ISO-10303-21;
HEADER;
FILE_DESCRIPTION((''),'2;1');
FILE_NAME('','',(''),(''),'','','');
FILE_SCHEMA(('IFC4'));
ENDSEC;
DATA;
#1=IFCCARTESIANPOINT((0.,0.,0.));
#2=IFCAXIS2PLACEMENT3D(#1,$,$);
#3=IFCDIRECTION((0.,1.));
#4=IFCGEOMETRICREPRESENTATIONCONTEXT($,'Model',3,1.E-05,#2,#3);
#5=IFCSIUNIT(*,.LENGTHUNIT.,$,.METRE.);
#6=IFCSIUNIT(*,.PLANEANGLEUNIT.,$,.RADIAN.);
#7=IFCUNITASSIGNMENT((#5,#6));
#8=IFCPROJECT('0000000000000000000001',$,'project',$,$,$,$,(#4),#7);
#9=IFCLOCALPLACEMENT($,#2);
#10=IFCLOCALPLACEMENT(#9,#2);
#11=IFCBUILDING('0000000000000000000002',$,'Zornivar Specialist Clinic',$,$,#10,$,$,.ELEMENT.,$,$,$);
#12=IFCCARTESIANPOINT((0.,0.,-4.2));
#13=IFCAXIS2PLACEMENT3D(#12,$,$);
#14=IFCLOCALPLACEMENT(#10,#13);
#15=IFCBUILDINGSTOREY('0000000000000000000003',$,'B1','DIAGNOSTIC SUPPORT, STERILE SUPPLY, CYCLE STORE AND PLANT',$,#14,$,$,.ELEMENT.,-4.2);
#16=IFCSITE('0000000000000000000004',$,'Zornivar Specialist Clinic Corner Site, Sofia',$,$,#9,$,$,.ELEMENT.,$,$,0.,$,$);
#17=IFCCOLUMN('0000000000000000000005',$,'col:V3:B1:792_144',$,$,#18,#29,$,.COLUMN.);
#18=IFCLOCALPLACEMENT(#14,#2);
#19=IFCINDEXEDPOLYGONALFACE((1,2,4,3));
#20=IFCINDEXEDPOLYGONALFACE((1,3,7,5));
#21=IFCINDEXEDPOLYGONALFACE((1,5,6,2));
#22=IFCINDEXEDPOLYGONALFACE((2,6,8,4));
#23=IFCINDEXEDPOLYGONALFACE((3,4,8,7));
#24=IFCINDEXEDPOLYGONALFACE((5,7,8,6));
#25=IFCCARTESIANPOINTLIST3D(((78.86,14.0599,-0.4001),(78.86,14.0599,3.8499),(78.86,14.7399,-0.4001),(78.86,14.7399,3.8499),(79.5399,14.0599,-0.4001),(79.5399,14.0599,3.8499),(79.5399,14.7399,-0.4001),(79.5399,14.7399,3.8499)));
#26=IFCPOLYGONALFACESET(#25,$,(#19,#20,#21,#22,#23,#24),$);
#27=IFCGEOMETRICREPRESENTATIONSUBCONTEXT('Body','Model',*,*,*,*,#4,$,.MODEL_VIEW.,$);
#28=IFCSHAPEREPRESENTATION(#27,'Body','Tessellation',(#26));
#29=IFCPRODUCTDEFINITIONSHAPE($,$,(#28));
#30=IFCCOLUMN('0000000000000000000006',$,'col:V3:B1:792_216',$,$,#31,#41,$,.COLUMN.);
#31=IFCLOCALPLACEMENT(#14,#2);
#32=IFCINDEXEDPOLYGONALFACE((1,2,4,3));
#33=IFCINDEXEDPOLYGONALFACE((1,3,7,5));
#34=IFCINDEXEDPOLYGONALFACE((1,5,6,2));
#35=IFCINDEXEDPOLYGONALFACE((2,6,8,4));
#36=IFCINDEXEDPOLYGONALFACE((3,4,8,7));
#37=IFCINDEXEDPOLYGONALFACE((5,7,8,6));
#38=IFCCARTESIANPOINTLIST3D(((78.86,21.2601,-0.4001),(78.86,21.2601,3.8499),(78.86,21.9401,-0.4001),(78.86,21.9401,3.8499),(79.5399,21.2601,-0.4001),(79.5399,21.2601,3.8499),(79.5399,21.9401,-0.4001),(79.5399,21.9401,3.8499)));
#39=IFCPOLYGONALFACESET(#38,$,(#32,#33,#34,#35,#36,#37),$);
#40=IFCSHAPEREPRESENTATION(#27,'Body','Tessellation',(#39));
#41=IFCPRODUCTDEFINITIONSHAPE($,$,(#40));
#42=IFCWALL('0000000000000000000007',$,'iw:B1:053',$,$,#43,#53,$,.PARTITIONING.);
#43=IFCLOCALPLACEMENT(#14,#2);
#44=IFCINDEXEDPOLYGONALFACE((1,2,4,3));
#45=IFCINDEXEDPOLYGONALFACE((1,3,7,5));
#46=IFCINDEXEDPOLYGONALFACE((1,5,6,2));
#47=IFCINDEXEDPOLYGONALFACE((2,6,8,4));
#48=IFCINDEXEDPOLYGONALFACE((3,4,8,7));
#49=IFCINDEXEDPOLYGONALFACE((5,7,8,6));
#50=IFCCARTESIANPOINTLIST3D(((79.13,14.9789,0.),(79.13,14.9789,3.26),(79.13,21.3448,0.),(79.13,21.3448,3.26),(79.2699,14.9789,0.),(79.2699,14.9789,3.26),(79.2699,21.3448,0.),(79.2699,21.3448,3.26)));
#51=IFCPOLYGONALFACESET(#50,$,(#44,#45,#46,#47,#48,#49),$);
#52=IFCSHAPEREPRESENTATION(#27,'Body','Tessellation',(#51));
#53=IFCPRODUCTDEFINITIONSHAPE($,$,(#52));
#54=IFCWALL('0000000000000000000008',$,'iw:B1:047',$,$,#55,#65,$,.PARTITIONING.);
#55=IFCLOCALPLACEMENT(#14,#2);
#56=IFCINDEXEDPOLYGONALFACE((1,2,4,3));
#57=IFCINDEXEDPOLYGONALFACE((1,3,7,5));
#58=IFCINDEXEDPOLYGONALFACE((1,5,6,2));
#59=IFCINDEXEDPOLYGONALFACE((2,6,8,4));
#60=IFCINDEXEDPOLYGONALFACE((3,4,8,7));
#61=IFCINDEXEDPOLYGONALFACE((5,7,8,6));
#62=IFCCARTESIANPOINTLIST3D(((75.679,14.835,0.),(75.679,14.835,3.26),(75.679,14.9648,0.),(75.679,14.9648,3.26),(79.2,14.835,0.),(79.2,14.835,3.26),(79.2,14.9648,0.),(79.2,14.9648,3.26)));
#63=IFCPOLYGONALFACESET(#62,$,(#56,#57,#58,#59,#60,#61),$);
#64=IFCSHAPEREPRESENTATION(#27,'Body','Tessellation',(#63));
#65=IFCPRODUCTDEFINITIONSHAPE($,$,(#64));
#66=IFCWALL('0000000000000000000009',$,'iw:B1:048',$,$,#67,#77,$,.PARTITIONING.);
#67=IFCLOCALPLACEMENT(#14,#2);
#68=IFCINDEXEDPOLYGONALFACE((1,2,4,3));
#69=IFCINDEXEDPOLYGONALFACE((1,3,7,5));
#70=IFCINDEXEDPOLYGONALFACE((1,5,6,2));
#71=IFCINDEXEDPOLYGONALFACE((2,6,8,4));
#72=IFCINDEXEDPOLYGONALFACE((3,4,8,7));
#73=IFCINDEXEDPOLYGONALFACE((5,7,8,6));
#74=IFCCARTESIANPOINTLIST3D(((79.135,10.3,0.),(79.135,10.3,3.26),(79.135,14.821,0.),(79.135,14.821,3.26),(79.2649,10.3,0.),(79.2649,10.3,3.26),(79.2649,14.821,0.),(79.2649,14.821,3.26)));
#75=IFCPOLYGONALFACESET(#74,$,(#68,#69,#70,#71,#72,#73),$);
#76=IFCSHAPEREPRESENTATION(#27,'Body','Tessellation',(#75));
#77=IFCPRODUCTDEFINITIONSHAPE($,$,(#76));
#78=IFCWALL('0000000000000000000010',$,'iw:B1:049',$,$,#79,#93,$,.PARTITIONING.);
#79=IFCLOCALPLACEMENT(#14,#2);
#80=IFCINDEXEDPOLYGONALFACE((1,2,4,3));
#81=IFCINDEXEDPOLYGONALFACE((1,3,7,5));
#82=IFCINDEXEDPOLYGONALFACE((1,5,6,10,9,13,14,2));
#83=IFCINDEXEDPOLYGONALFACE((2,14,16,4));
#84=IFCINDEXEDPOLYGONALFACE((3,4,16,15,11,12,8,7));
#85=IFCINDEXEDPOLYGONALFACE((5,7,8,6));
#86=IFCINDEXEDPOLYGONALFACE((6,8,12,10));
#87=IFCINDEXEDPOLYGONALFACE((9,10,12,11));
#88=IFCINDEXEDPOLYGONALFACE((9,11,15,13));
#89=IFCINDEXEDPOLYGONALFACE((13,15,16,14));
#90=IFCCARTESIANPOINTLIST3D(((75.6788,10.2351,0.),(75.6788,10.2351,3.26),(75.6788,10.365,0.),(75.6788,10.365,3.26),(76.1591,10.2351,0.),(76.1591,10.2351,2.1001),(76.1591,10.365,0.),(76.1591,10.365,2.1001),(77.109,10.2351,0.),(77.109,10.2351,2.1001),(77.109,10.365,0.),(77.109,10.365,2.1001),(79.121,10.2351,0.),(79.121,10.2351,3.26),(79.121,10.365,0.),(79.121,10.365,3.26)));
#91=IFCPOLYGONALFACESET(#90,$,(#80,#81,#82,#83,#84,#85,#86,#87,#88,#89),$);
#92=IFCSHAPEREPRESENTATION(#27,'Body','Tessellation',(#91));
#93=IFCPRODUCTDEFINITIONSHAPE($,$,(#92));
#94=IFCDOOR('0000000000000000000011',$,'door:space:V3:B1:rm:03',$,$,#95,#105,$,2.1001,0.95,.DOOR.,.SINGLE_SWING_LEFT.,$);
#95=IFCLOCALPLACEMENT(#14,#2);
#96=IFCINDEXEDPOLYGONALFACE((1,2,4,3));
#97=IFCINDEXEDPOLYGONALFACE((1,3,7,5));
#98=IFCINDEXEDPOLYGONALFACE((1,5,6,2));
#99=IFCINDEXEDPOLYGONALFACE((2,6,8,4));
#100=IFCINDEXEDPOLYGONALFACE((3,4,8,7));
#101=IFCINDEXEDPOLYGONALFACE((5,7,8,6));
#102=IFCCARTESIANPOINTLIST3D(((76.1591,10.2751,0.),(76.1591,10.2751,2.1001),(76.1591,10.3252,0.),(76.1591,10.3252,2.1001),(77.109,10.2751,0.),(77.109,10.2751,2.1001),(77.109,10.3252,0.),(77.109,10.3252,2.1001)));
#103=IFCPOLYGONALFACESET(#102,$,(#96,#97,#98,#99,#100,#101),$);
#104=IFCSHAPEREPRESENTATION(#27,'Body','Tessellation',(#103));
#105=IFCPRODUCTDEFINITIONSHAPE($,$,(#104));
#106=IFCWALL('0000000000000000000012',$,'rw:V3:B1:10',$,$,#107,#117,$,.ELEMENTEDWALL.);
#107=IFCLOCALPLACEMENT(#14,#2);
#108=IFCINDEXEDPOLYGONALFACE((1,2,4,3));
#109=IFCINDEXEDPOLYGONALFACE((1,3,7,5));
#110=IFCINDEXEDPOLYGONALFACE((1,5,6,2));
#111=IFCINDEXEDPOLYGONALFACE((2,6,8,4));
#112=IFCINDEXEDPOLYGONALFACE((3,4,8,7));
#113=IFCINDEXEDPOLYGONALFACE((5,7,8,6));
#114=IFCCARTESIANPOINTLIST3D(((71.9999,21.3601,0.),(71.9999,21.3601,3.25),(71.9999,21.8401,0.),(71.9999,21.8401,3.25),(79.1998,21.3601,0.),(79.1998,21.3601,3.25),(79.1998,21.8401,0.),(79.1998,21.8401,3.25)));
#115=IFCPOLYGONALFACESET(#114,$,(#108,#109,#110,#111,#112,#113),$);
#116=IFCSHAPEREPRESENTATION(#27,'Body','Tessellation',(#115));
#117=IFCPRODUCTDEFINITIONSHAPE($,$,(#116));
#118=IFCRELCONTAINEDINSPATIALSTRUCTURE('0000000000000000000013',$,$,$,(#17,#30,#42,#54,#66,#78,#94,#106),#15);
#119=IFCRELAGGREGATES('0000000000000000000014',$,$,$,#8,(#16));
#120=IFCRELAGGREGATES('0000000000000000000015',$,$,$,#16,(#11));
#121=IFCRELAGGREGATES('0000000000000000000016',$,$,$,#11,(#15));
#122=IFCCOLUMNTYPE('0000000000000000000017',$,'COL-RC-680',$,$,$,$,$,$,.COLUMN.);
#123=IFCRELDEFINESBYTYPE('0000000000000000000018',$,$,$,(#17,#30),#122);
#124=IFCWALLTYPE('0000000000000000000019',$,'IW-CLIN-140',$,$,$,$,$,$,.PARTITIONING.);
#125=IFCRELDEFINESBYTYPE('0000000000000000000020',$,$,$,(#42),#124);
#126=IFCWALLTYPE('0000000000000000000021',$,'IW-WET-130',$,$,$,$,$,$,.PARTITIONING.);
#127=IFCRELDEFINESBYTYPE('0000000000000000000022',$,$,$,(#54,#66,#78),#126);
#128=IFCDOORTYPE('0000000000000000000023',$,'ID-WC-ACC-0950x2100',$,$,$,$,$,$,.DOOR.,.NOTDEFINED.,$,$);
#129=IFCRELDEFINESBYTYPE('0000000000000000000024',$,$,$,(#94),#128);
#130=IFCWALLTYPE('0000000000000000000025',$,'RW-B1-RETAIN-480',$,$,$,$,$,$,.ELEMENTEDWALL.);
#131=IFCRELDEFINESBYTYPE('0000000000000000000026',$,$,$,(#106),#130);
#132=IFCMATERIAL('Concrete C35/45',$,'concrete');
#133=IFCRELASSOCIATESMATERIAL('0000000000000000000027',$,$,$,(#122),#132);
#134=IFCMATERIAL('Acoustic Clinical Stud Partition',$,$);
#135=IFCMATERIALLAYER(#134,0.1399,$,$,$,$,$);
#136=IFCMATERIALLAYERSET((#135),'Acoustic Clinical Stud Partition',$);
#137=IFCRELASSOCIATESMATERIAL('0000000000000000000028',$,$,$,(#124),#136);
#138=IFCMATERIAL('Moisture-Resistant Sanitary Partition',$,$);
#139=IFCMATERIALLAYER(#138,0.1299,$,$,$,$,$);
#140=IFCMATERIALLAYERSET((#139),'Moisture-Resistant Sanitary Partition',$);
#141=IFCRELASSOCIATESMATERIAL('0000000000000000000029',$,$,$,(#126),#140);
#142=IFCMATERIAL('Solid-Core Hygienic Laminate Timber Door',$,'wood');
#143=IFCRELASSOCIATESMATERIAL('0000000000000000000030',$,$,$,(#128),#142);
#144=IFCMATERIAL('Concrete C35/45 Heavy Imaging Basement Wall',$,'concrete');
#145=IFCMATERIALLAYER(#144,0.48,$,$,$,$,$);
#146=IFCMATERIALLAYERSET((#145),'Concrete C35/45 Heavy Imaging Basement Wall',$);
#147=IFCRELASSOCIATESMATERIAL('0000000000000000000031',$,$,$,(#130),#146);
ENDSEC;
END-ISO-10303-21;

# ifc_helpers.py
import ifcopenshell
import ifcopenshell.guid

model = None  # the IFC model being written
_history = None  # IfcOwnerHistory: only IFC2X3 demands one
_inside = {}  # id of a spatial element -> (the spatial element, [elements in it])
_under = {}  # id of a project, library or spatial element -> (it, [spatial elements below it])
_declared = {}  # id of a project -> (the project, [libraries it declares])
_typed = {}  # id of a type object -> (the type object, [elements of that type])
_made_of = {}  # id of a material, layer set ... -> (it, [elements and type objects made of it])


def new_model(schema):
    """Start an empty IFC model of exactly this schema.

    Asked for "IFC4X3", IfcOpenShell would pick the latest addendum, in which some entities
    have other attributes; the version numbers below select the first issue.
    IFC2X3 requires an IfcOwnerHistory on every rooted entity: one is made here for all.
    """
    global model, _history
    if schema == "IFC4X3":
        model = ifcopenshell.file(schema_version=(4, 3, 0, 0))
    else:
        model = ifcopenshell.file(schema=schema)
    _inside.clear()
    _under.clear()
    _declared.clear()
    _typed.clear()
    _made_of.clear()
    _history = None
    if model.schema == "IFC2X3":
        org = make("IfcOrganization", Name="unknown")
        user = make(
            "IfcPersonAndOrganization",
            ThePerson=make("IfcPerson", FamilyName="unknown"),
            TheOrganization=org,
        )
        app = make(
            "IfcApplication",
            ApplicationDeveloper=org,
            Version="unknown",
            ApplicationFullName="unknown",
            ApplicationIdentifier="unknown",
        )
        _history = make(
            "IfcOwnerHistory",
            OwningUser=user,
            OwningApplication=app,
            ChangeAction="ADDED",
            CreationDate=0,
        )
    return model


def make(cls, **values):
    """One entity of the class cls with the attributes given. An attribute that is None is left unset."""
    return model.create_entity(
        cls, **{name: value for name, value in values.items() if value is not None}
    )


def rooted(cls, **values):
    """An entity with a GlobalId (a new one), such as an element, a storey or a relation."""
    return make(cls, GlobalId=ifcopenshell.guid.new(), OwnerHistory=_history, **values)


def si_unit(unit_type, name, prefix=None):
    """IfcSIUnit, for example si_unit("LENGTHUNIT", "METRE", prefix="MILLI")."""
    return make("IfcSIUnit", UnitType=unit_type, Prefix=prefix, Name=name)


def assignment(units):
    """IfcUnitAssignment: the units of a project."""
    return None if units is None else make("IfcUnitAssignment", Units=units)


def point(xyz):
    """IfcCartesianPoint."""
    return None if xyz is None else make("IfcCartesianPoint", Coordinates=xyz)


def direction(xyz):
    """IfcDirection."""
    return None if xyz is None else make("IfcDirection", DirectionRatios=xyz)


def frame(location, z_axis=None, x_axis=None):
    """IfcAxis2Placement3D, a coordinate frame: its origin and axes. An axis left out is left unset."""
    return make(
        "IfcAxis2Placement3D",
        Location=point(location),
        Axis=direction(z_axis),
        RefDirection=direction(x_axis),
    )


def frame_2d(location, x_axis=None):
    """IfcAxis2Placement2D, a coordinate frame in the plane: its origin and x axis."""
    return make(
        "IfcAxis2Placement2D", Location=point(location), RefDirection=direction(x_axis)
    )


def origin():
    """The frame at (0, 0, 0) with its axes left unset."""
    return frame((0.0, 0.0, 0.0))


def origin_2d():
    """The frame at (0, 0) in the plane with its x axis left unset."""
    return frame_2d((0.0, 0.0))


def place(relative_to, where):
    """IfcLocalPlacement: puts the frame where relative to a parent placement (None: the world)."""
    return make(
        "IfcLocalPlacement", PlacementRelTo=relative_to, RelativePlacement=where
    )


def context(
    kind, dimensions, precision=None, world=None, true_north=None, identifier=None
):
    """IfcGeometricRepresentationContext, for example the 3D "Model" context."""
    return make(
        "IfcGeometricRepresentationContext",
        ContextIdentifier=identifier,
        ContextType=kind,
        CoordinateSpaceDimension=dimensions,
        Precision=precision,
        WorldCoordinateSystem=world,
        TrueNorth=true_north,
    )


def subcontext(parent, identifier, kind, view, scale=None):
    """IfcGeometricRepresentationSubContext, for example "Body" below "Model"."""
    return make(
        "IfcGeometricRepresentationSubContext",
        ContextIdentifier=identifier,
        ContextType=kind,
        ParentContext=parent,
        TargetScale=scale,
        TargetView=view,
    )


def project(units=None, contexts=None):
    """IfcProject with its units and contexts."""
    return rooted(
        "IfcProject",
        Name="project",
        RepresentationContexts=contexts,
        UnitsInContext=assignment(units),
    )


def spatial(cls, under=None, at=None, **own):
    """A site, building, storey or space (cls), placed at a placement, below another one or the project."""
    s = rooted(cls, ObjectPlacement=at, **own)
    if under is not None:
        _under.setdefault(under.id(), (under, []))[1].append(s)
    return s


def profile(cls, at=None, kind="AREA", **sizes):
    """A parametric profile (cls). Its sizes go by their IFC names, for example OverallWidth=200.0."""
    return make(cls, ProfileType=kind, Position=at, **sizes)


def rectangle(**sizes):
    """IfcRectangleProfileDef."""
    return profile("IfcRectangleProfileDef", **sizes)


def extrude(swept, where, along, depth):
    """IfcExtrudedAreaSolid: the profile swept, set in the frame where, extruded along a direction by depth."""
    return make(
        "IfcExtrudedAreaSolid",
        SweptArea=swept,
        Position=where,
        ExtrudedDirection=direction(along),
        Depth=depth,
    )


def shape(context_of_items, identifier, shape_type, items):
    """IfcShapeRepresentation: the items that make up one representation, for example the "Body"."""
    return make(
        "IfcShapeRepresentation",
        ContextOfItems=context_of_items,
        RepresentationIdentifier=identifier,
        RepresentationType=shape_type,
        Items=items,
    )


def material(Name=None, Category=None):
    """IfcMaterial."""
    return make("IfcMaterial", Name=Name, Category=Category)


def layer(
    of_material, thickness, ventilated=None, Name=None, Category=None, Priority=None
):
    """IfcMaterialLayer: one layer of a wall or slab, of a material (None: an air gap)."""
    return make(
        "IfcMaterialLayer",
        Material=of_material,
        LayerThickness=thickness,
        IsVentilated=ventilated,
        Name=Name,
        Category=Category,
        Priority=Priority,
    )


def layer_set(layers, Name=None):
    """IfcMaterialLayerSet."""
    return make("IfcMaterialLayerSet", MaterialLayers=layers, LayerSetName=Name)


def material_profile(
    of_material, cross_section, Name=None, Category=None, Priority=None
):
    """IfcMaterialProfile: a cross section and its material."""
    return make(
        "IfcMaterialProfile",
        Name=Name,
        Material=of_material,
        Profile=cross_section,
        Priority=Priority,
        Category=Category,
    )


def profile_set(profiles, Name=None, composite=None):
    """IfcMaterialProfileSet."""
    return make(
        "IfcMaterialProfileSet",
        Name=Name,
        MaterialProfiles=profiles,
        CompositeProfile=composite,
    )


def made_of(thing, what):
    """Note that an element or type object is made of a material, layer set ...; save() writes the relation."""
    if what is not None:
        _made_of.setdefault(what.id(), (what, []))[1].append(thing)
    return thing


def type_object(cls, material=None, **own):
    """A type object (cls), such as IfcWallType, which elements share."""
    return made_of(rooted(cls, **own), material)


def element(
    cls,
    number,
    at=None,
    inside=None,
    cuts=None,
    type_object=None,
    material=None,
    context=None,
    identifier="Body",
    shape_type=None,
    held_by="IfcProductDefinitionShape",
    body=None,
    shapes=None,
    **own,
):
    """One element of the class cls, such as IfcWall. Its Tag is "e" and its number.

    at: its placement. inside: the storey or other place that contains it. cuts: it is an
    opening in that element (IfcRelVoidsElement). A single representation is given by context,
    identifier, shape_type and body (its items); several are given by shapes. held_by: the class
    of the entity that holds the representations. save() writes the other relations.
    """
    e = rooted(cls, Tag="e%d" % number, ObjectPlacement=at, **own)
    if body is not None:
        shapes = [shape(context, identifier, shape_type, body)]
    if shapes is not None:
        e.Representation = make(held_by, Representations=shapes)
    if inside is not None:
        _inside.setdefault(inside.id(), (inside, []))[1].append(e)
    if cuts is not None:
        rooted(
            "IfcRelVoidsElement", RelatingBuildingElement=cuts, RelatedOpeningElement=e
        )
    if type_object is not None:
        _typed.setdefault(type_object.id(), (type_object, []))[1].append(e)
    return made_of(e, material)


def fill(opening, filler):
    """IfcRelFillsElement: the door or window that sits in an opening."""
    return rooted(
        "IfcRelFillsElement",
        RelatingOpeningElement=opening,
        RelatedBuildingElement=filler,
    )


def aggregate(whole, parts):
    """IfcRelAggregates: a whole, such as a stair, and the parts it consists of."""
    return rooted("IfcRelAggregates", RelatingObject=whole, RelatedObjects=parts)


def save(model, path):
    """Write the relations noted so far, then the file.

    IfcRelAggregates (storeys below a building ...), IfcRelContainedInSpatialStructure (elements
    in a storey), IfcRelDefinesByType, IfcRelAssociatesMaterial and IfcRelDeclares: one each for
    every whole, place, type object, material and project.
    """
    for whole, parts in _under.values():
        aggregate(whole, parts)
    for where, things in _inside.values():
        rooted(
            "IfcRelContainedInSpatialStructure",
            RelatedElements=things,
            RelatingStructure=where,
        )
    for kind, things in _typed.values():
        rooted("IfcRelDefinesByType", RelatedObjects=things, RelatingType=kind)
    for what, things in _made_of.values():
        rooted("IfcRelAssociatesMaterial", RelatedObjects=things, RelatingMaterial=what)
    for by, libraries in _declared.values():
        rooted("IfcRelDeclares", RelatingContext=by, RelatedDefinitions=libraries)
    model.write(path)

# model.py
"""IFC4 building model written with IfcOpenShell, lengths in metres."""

from ifc_helpers import new_model, si_unit, direction, frame, frame_2d, origin, origin_2d, place, context, subcontext, project, spatial, rectangle, extrude, material, layer, layer_set, material_profile, profile_set, type_object, element, fill, save


model = new_model("IFC4")

# Units and contexts
model_context = context("Model", 3, precision=1e-05, world=origin(), true_north=direction((0.0, 1.0)))
body_context = subcontext(model_context, "Body", "Model", "MODEL_VIEW")
ifc_project = project(units=[si_unit("LENGTHUNIT", "METRE"), si_unit("PLANEANGLEUNIT", "RADIAN")], contexts=[model_context])

# Site, building, storey
site_placement = place(None, origin())
site = spatial("IfcSite", under=ifc_project, at=site_placement, Name="Zornivar Specialist Clinic Corner Site, Sofia", CompositionType="ELEMENT", RefElevation=0.0)
building_placement = place(site_placement, origin())
building = spatial("IfcBuilding", under=site, at=building_placement, Name="Zornivar Specialist Clinic", CompositionType="ELEMENT")
storey_placement = place(building_placement, frame((0.0, 0.0, -4.2)))
storey = spatial("IfcBuildingStorey", under=building, at=storey_placement, Name="B1", Description="DIAGNOSTIC SUPPORT, STERILE SUPPLY, CYCLE STORE AND PLANT", CompositionType="ELEMENT", Elevation=-4.2)

# Columns
ifc_material_1 = material(Name="Concrete C35/45", Category="concrete")
ifc_material_profile_1 = material_profile(ifc_material_1, rectangle(XDim=0.6799, YDim=0.6799, at=origin_2d()), Name="RC 680x680")
ifc_profile_set_1 = profile_set([ifc_material_profile_1], Name="Concrete C35/45")
column_type = type_object("IfcColumnType", Name="COL-RC-680", PredefinedType="COLUMN", material=ifc_profile_set_1)
for number, where, z_axis, x_axis, name in (
    (1, (79.2, 14.3999, -0.4001), (0.0, 0.0, 1.0), (1.0, 0.0, 0.0), "col:V3:B1:792_144"),
    (2, (79.2, 21.6001, -0.4001), (0.0, 0.0, 1.0), (1.0, 0.0, 0.0), "col:V3:B1:792_216"),
):
    element("IfcColumn", number, at=place(storey_placement, frame(where, z_axis=z_axis, x_axis=x_axis)), inside=storey, type_object=column_type, Name=name, PredefinedType="COLUMN", context=body_context, shape_type="SweptSolid", body=[
        extrude(rectangle(XDim=0.6799, YDim=0.6799, at=origin_2d()), origin(), (0.0, 0.0, 1.0), 4.25),
    ])

# Walls
ifc_material_2 = material(Name="Acoustic Clinical Stud Partition")
ifc_layer_1 = layer(ifc_material_2, 0.1399)
ifc_layer_set_1 = layer_set([ifc_layer_1], Name="Acoustic Clinical Stud Partition")
wall_type_1 = type_object("IfcWallType", Name="IW-CLIN-140", PredefinedType="PARTITIONING", material=ifc_layer_set_1)
wall_1_placement = place(storey_placement, frame((79.2, 21.345, 0.0), z_axis=(0.0, 0.0, 1.0), x_axis=(0.0, -1.0, 0.0)))
element("IfcWall", 3, at=wall_1_placement, inside=storey, type_object=wall_type_1, Name="iw:B1:053", PredefinedType="PARTITIONING", context=body_context, shape_type="SweptSolid", body=[
    extrude(rectangle(XDim=6.366, YDim=0.1399, at=frame_2d((3.1831, 0.0))), origin(), (0.0, 0.0, 1.0), 3.26),
])
ifc_material_3 = material(Name="Moisture-Resistant Sanitary Partition")
ifc_layer_2 = layer(ifc_material_3, 0.1299)
ifc_layer_set_2 = layer_set([ifc_layer_2], Name="Moisture-Resistant Sanitary Partition")
wall_type_2 = type_object("IfcWallType", Name="IW-WET-130", PredefinedType="PARTITIONING", material=ifc_layer_set_2)
wall_2_placement = place(storey_placement, frame((75.679, 14.8999, 0.0), z_axis=(0.0, 0.0, 1.0), x_axis=(1.0, 0.0, 0.0)))
element("IfcWall", 4, at=wall_2_placement, inside=storey, type_object=wall_type_2, Name="iw:B1:047", PredefinedType="PARTITIONING", context=body_context, shape_type="SweptSolid", body=[
    extrude(rectangle(XDim=3.521, YDim=0.1299, at=frame_2d((1.7605, 0.0))), origin(), (0.0, 0.0, 1.0), 3.26),
])
wall_3_placement = place(storey_placement, frame((79.2, 14.821, 0.0), z_axis=(0.0, 0.0, 1.0), x_axis=(0.0, -1.0, 0.0)))
element("IfcWall", 5, at=wall_3_placement, inside=storey, type_object=wall_type_2, Name="iw:B1:048", PredefinedType="PARTITIONING", context=body_context, shape_type="SweptSolid", body=[
    extrude(rectangle(XDim=4.521, YDim=0.1299, at=frame_2d((2.2605, 0.0))), origin(), (0.0, 0.0, 1.0), 3.26),
])

# Wall, opening, door
wall_4_placement = place(storey_placement, frame((79.1211, 10.3, 0.0), z_axis=(0.0, 0.0, 1.0), x_axis=(-1.0, 0.0, 0.0)))
wall_4 = element("IfcWall", 6, at=wall_4_placement, inside=storey, type_object=wall_type_2, Name="iw:B1:049", PredefinedType="PARTITIONING", context=body_context, shape_type="SweptSolid", body=[
    extrude(rectangle(XDim=3.4421, YDim=0.1299, at=frame_2d((1.7212, 0.0))), origin(), (0.0, 0.0, 1.0), 3.26),
])
opening_placement = place(wall_4_placement, frame((2.012, 0.0, 0.0)))
opening = element("IfcOpeningElement", 7, at=opening_placement, cuts=wall_4, PredefinedType="OPENING", context=body_context, shape_type="SweptSolid", body=[
    extrude(rectangle(XDim=0.95, YDim=2.1001, at=frame_2d((0.4751, 1.05))), frame((0.0, 0.075, 0.0), z_axis=(0.0, -1.0, 0.0), x_axis=(1.0, 0.0, 0.0)), (0.0, 0.0, 1.0), 0.1499),
])
ifc_material_4 = material(Name="Solid-Core Hygienic Laminate Timber Door", Category="wood")
door_type = type_object("IfcDoorType", Name="ID-WC-ACC-0950x2100", OperationType="NOTDEFINED", PredefinedType="DOOR", material=ifc_material_4)
door_placement = place(opening_placement, origin())
door = element("IfcDoor", 8, at=door_placement, inside=storey, type_object=door_type, Name="door:space:V3:B1:rm:03", OperationType="SINGLE_SWING_LEFT", OverallHeight=2.1001, OverallWidth=0.95, PredefinedType="DOOR", context=body_context, shape_type="SweptSolid", body=[
    extrude(rectangle(XDim=0.95, YDim=2.1001, at=frame_2d((0.4751, 1.05))), frame((0.0, 0.0249, 0.0), z_axis=(0.0, -1.0, 0.0), x_axis=(1.0, 0.0, 0.0)), (0.0, 0.0, 1.0), 0.05),
])
fill(opening, door)

# Wall
ifc_material_5 = material(Name="Concrete C35/45 Heavy Imaging Basement Wall", Category="concrete")
ifc_layer_3 = layer(ifc_material_5, 0.48)
ifc_layer_set_3 = layer_set([ifc_layer_3], Name="Concrete C35/45 Heavy Imaging Basement Wall")
wall_type_3 = type_object("IfcWallType", Name="RW-B1-RETAIN-480", PredefinedType="ELEMENTEDWALL", material=ifc_layer_set_3)
wall_5_placement = place(storey_placement, frame((79.2, 21.6001, 0.0), z_axis=(0.0, 0.0, 1.0), x_axis=(-1.0, 0.0, 0.0)))
element("IfcWall", 9, at=wall_5_placement, inside=storey, type_object=wall_type_3, Name="rw:V3:B1:10", PredefinedType="ELEMENTEDWALL", context=body_context, shape_type="SweptSolid", body=[
    extrude(rectangle(XDim=7.2, YDim=0.48, at=frame_2d((3.6001, 0.0))), origin(), (0.0, 0.0, 1.0), 3.25),
])

save(model, "model.ifc")
